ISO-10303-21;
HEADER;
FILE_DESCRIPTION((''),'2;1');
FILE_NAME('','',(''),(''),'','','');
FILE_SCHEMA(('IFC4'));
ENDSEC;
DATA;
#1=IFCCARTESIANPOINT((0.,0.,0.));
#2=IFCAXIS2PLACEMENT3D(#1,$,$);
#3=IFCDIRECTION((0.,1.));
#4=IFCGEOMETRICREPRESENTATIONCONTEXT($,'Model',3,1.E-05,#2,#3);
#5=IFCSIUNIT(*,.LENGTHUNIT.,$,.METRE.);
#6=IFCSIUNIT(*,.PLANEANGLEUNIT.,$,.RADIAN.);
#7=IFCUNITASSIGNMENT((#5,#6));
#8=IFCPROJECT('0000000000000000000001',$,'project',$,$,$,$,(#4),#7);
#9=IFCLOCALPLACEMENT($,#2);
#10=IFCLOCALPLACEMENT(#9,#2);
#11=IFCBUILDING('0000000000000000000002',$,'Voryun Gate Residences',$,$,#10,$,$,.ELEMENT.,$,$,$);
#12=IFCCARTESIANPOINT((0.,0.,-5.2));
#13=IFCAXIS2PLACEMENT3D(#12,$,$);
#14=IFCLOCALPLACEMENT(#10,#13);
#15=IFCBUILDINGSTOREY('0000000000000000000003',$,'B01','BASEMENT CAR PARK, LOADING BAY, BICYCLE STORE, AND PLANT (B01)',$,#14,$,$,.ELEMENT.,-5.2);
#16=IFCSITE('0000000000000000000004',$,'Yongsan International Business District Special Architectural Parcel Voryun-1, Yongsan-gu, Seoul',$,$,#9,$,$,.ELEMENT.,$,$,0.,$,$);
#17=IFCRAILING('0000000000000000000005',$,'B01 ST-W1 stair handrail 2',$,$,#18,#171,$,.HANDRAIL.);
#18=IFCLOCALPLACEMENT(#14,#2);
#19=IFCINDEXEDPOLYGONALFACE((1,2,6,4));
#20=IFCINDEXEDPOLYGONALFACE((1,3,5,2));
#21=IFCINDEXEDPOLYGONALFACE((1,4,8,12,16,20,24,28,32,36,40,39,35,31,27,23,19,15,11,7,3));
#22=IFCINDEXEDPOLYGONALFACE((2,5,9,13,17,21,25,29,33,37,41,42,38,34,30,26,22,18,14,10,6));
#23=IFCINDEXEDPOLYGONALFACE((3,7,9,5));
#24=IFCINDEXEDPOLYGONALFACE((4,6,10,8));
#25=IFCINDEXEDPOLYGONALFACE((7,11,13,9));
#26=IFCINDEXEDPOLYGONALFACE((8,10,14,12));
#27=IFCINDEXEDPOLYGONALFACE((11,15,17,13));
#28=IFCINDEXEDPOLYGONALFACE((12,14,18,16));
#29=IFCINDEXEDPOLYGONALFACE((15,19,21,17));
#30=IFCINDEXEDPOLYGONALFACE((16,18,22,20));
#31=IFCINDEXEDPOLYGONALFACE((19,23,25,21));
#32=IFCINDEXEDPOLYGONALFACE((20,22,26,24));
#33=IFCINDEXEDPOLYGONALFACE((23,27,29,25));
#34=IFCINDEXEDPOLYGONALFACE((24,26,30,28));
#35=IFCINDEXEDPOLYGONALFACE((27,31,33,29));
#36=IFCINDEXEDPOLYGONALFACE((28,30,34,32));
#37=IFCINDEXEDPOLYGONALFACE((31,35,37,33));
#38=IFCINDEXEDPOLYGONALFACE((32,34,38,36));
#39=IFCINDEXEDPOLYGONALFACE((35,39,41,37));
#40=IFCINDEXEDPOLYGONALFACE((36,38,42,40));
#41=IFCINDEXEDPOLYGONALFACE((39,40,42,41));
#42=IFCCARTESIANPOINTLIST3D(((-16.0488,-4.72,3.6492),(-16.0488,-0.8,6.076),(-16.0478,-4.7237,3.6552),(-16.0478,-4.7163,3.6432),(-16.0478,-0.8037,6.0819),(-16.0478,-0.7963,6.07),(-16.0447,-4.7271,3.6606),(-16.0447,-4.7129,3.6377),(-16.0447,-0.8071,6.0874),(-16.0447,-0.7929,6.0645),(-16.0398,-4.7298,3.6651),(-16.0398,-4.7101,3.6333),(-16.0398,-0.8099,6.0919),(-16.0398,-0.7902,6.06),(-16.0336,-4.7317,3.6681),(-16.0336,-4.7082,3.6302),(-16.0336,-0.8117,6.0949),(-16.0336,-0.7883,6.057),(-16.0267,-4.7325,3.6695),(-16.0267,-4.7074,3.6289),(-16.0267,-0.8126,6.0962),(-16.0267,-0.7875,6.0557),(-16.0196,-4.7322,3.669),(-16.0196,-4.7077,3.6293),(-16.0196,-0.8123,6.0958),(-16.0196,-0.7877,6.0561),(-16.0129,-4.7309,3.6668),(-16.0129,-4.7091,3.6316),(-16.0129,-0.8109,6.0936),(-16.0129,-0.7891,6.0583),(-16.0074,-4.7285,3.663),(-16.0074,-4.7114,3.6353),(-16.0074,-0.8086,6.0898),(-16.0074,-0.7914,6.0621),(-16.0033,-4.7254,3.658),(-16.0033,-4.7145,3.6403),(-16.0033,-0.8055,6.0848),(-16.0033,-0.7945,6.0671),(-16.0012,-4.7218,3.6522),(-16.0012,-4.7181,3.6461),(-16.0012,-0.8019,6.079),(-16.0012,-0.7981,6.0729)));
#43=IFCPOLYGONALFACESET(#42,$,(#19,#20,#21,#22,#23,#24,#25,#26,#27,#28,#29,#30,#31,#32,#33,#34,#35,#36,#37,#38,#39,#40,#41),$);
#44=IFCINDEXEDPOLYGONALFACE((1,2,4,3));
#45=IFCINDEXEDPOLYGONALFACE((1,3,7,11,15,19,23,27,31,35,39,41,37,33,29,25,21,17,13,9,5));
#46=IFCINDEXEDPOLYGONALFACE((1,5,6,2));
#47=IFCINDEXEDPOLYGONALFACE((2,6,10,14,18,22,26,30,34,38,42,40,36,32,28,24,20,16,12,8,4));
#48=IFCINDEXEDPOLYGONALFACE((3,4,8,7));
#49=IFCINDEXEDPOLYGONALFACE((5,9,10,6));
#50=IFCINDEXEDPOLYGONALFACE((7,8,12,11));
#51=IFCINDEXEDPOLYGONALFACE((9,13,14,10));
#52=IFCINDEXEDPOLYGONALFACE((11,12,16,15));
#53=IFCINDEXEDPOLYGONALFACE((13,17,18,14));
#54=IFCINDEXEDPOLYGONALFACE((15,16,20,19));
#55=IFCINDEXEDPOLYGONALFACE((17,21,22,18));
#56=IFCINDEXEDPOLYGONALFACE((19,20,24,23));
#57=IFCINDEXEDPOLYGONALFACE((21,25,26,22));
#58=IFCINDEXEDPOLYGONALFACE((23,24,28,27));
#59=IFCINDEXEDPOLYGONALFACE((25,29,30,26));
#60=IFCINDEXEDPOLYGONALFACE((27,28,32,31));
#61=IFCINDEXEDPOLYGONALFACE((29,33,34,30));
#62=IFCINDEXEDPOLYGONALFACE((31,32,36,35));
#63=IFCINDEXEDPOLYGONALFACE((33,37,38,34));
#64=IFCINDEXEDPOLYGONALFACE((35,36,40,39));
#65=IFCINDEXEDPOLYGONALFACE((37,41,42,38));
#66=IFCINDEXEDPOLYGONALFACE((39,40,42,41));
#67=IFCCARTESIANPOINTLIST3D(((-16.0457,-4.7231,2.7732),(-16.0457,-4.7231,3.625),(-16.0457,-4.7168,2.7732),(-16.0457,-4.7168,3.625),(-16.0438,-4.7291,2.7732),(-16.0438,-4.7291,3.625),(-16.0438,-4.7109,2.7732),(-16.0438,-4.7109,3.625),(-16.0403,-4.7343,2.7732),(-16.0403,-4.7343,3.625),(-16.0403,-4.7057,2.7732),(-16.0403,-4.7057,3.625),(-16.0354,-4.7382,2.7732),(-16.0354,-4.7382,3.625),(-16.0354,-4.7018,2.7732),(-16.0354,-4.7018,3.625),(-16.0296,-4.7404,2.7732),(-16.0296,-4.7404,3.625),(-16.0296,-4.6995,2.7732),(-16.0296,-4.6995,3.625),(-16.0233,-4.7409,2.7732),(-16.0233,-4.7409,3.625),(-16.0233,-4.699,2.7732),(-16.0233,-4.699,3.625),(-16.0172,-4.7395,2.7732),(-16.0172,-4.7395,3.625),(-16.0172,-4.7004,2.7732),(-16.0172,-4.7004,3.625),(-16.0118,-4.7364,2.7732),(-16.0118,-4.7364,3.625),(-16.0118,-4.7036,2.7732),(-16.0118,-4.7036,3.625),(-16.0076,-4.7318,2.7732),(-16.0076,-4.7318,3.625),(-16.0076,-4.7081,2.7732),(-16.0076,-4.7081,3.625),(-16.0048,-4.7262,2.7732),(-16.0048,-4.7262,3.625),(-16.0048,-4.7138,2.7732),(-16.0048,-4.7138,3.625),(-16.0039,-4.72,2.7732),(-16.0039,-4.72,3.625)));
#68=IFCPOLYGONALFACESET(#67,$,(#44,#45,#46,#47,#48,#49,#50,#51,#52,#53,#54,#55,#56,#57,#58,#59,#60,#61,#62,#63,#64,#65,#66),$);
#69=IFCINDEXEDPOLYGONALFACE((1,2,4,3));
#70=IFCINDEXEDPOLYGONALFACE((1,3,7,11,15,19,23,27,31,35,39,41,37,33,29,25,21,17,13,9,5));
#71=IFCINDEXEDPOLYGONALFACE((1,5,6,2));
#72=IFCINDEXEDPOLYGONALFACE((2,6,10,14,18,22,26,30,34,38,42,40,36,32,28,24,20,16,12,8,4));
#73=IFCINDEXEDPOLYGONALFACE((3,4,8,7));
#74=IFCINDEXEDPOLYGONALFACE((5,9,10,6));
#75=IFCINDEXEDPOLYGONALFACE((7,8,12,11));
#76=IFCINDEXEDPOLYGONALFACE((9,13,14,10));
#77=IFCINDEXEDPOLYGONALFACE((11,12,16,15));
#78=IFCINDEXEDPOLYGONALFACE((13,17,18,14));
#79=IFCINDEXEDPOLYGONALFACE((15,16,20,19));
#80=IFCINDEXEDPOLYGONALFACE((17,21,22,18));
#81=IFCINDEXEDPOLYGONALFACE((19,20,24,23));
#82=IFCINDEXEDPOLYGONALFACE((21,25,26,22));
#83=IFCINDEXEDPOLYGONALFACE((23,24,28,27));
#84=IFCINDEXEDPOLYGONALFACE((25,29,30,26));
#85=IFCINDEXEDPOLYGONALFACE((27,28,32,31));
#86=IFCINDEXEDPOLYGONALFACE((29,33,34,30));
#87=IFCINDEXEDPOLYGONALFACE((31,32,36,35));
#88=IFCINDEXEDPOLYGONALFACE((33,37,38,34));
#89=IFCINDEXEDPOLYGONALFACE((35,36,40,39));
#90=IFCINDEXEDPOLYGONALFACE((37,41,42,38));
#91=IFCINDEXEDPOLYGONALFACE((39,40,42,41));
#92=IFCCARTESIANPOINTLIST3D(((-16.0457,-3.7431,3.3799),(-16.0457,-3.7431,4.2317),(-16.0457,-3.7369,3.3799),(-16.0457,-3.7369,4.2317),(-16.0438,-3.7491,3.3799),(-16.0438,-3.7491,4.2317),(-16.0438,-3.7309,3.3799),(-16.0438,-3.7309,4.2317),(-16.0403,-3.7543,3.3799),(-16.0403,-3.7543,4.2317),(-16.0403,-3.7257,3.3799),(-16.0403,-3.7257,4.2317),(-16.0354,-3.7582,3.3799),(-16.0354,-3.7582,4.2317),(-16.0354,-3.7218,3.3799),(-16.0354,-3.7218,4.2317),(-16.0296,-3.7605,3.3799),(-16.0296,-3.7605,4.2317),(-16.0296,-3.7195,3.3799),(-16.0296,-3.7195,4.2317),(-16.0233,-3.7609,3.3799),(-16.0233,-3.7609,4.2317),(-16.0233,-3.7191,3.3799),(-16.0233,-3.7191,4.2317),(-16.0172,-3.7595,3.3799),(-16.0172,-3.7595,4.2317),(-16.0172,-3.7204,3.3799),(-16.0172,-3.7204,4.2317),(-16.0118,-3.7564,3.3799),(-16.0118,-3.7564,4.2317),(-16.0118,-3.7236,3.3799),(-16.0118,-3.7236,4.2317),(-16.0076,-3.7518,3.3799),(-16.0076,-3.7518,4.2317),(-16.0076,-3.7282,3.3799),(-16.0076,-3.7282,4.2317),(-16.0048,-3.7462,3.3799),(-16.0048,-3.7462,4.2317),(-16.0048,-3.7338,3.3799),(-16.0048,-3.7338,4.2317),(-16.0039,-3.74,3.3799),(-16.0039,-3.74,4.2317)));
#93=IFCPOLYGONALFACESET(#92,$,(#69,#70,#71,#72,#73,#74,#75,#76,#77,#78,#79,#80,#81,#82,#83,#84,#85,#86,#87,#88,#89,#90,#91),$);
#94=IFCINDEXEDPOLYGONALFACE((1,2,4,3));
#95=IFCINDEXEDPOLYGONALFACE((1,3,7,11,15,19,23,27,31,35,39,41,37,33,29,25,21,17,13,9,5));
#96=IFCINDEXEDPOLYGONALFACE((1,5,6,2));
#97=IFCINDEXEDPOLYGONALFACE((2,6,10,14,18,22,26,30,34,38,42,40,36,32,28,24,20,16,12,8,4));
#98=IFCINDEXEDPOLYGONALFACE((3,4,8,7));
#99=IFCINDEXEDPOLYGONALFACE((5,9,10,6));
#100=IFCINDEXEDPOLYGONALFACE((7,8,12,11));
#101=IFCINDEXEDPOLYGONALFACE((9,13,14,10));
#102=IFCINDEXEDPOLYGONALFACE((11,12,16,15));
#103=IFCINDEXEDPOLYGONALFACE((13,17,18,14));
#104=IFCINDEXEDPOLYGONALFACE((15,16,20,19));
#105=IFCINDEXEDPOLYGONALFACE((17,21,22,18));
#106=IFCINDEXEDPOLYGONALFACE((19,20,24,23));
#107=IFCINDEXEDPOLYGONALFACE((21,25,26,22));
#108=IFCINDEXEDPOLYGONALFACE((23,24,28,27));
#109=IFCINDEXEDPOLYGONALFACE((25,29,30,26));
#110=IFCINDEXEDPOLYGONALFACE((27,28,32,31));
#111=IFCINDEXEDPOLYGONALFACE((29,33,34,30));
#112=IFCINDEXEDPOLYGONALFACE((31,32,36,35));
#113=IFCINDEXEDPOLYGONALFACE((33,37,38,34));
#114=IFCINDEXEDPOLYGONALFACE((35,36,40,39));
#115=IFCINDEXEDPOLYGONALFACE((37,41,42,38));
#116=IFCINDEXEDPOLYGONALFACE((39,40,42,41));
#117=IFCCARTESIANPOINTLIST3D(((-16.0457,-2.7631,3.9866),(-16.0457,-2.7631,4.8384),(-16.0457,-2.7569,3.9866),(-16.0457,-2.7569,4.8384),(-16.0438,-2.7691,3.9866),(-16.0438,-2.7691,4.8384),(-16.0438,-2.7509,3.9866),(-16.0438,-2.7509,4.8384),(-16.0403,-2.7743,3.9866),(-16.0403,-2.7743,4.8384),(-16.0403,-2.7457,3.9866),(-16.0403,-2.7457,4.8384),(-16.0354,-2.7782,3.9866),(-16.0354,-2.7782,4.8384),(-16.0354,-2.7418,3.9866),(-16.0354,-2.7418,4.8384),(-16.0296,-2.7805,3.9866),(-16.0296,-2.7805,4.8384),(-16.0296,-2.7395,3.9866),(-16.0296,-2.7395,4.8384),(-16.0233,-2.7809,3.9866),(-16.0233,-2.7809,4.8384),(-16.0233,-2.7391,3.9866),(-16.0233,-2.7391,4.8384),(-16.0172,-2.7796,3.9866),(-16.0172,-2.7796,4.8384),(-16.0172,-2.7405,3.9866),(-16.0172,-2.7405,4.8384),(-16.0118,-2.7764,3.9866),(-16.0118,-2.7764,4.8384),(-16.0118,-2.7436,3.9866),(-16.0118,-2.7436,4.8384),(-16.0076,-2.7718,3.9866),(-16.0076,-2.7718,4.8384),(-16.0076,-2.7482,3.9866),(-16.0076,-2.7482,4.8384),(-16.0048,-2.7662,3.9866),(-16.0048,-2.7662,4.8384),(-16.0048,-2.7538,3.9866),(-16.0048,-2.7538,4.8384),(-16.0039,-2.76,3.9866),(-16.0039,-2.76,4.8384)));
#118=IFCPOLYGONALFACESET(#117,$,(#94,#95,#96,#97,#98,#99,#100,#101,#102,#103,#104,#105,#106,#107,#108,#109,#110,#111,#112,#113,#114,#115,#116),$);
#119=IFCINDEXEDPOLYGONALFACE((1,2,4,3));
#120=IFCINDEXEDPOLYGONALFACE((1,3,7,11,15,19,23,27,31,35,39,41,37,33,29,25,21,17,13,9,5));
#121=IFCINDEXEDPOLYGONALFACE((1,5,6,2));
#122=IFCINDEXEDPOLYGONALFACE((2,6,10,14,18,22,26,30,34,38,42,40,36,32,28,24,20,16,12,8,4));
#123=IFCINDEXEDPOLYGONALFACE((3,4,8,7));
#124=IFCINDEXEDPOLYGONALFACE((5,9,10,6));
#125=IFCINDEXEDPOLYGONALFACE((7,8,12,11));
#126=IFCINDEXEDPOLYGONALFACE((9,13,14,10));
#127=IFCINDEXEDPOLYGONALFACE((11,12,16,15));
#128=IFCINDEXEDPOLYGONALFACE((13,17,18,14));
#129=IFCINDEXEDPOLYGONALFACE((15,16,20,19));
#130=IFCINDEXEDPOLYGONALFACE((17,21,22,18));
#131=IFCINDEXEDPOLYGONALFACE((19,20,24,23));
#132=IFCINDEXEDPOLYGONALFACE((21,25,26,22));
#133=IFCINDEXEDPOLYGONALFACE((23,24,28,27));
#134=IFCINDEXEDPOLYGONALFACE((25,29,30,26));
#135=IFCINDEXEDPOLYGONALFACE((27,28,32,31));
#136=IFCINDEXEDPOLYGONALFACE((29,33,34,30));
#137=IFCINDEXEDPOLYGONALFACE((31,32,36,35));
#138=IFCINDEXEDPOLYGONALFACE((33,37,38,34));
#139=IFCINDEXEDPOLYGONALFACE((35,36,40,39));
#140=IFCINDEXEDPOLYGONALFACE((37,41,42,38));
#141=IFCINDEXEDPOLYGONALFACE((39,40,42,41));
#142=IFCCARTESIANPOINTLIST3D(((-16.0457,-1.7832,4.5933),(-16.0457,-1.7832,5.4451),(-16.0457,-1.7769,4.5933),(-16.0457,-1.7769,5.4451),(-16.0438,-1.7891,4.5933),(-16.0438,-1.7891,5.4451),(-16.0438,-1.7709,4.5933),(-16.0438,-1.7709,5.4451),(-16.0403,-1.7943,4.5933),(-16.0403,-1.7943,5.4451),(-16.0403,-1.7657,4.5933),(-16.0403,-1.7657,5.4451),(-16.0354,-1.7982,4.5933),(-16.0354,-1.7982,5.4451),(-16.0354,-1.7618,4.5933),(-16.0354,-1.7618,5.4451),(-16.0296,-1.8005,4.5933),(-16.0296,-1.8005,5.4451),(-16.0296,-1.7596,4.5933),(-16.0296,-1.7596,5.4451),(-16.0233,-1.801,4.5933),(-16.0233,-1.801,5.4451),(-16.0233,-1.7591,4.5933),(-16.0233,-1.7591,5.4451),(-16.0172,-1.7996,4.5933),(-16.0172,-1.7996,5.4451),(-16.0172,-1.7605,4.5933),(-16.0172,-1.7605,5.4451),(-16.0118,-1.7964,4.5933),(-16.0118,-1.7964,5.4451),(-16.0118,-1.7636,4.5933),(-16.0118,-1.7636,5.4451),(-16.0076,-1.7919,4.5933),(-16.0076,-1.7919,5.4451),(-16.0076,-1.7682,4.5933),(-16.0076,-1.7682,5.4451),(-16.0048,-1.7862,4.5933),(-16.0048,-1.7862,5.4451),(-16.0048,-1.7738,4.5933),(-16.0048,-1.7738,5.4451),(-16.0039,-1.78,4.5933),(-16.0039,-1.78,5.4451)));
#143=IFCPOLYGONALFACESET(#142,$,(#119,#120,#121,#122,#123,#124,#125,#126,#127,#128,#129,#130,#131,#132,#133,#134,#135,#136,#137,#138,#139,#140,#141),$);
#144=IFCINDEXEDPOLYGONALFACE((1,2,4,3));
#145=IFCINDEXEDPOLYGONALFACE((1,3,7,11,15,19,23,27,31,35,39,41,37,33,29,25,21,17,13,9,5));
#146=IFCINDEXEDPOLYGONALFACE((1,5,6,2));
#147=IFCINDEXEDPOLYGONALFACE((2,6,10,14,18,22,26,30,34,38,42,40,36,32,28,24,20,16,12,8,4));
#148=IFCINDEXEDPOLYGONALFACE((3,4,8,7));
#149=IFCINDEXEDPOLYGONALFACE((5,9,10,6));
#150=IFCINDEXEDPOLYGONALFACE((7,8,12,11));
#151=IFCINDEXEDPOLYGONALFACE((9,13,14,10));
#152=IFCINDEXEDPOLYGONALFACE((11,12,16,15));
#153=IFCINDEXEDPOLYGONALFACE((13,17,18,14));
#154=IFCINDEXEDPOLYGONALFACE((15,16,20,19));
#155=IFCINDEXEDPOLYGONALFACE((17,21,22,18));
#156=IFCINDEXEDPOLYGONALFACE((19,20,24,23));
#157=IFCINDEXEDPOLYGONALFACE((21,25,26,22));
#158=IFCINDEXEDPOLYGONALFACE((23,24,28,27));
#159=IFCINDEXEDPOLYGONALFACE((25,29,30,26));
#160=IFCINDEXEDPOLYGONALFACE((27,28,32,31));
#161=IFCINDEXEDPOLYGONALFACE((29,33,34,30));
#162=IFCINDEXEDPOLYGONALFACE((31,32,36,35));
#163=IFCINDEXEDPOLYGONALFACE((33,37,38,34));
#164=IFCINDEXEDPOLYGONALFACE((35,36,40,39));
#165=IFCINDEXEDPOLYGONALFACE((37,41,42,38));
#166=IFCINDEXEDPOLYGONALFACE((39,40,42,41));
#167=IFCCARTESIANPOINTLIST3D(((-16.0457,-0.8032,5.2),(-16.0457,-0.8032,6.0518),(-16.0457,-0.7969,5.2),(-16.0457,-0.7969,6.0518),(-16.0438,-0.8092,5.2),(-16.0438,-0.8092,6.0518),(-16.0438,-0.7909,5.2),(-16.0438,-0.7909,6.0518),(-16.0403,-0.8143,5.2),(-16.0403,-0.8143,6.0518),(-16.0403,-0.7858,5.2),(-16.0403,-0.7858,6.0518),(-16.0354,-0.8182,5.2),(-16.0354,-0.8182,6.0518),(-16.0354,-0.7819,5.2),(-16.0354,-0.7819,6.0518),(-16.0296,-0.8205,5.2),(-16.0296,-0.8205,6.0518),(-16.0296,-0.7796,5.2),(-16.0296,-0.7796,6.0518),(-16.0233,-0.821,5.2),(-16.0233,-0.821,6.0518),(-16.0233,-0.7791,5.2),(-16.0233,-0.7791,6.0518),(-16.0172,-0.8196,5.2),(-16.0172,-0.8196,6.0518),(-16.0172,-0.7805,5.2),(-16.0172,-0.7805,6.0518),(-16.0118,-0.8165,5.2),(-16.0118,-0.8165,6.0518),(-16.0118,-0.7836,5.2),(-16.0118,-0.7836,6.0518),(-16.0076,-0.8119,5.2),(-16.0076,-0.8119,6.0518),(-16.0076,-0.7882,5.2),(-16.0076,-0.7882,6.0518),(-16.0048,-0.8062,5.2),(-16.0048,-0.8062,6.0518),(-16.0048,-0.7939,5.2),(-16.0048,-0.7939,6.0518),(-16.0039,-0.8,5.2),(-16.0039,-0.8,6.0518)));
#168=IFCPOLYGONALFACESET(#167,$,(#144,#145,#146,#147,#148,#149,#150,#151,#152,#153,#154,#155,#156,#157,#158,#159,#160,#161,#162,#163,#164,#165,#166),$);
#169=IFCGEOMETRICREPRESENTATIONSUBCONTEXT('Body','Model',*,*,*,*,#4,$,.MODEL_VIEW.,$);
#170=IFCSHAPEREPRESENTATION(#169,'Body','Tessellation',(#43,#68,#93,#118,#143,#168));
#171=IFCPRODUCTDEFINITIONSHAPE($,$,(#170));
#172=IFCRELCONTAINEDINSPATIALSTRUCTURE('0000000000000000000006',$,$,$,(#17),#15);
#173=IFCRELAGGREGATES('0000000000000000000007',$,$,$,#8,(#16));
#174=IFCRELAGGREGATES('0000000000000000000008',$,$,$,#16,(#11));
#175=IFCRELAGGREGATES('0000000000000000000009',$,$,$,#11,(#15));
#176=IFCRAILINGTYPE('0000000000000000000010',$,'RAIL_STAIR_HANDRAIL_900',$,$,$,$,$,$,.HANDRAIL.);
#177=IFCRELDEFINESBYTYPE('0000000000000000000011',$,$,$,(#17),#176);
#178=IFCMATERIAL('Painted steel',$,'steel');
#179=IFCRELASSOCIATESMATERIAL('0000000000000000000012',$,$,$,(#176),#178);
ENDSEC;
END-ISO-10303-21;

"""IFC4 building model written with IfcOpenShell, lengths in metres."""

from ifc_helpers import new_model, si_unit, direction, frame, origin, origin_2d, place, context, subcontext, project, spatial, circle, extrude, material, type_object, element, save


model = new_model("IFC4")

# Units and contexts
model_context = context("Model", 3, precision=1e-05, world=origin(), true_north=direction((0.0, 1.0)))
body_context = subcontext(model_context, "Body", "Model", "MODEL_VIEW")
ifc_project = project(units=[si_unit("LENGTHUNIT", "METRE"), si_unit("PLANEANGLEUNIT", "RADIAN")], contexts=[model_context])

# Site, building, storey
site_placement = place(None, origin())
site = spatial("IfcSite", under=ifc_project, at=site_placement, Name="Yongsan International Business District Special Architectural Parcel Voryun-1, Yongsan-gu, Seoul", CompositionType="ELEMENT", RefElevation=0.0)
building_placement = place(site_placement, origin())
building = spatial("IfcBuilding", under=site, at=building_placement, Name="Voryun Gate Residences", CompositionType="ELEMENT")
storey_placement = place(building_placement, frame((0.0, 0.0, -5.2)))
storey = spatial("IfcBuildingStorey", under=building, at=storey_placement, Name="B01", Description="BASEMENT CAR PARK, LOADING BAY, BICYCLE STORE, AND PLANT (B01)", CompositionType="ELEMENT", Elevation=-5.2)

# Railing
ifc_material_1 = material(Name="Painted steel", Category="steel")
railing_type_1 = type_object("IfcRailingType", Name="RAIL_STAIR_HANDRAIL_900", PredefinedType="HANDRAIL", material=ifc_material_1)
railing_1_placement = place(storey_placement, frame((-16.0249, -4.72, 2.7732)))
element("IfcRailing", 1, at=railing_1_placement, inside=storey, type_object=railing_type_1, Name="B01 ST-W1 stair handrail 2", PredefinedType="HANDRAIL", context=body_context, shape_type="SweptSolid", body=[
    extrude(circle(Radius=0.0239, at=origin_2d()), frame((0.0, 0.0, 0.876), z_axis=(0.0, 0.850252, 0.526376), x_axis=(-1.0, 0.0, 0.0)), (0.0, 0.0, 1.0), 4.6104),
    extrude(circle(Radius=0.021, at=origin_2d()), origin(), (0.0, 0.0, 1.0), 0.8518),
    extrude(circle(Radius=0.021, at=origin_2d()), frame((0.0, 0.98, 0.6067)), (0.0, 0.0, 1.0), 0.8518),
    extrude(circle(Radius=0.021, at=origin_2d()), frame((0.0, 1.96, 1.2134)), (0.0, 0.0, 1.0), 0.8518),
    extrude(circle(Radius=0.021, at=origin_2d()), frame((0.0, 2.9399, 1.8201)), (0.0, 0.0, 1.0), 0.8518),
    extrude(circle(Radius=0.021, at=origin_2d()), frame((0.0, 3.9199, 2.4268)), (0.0, 0.0, 1.0), 0.8518),
])

save(model, "model.ifc")
